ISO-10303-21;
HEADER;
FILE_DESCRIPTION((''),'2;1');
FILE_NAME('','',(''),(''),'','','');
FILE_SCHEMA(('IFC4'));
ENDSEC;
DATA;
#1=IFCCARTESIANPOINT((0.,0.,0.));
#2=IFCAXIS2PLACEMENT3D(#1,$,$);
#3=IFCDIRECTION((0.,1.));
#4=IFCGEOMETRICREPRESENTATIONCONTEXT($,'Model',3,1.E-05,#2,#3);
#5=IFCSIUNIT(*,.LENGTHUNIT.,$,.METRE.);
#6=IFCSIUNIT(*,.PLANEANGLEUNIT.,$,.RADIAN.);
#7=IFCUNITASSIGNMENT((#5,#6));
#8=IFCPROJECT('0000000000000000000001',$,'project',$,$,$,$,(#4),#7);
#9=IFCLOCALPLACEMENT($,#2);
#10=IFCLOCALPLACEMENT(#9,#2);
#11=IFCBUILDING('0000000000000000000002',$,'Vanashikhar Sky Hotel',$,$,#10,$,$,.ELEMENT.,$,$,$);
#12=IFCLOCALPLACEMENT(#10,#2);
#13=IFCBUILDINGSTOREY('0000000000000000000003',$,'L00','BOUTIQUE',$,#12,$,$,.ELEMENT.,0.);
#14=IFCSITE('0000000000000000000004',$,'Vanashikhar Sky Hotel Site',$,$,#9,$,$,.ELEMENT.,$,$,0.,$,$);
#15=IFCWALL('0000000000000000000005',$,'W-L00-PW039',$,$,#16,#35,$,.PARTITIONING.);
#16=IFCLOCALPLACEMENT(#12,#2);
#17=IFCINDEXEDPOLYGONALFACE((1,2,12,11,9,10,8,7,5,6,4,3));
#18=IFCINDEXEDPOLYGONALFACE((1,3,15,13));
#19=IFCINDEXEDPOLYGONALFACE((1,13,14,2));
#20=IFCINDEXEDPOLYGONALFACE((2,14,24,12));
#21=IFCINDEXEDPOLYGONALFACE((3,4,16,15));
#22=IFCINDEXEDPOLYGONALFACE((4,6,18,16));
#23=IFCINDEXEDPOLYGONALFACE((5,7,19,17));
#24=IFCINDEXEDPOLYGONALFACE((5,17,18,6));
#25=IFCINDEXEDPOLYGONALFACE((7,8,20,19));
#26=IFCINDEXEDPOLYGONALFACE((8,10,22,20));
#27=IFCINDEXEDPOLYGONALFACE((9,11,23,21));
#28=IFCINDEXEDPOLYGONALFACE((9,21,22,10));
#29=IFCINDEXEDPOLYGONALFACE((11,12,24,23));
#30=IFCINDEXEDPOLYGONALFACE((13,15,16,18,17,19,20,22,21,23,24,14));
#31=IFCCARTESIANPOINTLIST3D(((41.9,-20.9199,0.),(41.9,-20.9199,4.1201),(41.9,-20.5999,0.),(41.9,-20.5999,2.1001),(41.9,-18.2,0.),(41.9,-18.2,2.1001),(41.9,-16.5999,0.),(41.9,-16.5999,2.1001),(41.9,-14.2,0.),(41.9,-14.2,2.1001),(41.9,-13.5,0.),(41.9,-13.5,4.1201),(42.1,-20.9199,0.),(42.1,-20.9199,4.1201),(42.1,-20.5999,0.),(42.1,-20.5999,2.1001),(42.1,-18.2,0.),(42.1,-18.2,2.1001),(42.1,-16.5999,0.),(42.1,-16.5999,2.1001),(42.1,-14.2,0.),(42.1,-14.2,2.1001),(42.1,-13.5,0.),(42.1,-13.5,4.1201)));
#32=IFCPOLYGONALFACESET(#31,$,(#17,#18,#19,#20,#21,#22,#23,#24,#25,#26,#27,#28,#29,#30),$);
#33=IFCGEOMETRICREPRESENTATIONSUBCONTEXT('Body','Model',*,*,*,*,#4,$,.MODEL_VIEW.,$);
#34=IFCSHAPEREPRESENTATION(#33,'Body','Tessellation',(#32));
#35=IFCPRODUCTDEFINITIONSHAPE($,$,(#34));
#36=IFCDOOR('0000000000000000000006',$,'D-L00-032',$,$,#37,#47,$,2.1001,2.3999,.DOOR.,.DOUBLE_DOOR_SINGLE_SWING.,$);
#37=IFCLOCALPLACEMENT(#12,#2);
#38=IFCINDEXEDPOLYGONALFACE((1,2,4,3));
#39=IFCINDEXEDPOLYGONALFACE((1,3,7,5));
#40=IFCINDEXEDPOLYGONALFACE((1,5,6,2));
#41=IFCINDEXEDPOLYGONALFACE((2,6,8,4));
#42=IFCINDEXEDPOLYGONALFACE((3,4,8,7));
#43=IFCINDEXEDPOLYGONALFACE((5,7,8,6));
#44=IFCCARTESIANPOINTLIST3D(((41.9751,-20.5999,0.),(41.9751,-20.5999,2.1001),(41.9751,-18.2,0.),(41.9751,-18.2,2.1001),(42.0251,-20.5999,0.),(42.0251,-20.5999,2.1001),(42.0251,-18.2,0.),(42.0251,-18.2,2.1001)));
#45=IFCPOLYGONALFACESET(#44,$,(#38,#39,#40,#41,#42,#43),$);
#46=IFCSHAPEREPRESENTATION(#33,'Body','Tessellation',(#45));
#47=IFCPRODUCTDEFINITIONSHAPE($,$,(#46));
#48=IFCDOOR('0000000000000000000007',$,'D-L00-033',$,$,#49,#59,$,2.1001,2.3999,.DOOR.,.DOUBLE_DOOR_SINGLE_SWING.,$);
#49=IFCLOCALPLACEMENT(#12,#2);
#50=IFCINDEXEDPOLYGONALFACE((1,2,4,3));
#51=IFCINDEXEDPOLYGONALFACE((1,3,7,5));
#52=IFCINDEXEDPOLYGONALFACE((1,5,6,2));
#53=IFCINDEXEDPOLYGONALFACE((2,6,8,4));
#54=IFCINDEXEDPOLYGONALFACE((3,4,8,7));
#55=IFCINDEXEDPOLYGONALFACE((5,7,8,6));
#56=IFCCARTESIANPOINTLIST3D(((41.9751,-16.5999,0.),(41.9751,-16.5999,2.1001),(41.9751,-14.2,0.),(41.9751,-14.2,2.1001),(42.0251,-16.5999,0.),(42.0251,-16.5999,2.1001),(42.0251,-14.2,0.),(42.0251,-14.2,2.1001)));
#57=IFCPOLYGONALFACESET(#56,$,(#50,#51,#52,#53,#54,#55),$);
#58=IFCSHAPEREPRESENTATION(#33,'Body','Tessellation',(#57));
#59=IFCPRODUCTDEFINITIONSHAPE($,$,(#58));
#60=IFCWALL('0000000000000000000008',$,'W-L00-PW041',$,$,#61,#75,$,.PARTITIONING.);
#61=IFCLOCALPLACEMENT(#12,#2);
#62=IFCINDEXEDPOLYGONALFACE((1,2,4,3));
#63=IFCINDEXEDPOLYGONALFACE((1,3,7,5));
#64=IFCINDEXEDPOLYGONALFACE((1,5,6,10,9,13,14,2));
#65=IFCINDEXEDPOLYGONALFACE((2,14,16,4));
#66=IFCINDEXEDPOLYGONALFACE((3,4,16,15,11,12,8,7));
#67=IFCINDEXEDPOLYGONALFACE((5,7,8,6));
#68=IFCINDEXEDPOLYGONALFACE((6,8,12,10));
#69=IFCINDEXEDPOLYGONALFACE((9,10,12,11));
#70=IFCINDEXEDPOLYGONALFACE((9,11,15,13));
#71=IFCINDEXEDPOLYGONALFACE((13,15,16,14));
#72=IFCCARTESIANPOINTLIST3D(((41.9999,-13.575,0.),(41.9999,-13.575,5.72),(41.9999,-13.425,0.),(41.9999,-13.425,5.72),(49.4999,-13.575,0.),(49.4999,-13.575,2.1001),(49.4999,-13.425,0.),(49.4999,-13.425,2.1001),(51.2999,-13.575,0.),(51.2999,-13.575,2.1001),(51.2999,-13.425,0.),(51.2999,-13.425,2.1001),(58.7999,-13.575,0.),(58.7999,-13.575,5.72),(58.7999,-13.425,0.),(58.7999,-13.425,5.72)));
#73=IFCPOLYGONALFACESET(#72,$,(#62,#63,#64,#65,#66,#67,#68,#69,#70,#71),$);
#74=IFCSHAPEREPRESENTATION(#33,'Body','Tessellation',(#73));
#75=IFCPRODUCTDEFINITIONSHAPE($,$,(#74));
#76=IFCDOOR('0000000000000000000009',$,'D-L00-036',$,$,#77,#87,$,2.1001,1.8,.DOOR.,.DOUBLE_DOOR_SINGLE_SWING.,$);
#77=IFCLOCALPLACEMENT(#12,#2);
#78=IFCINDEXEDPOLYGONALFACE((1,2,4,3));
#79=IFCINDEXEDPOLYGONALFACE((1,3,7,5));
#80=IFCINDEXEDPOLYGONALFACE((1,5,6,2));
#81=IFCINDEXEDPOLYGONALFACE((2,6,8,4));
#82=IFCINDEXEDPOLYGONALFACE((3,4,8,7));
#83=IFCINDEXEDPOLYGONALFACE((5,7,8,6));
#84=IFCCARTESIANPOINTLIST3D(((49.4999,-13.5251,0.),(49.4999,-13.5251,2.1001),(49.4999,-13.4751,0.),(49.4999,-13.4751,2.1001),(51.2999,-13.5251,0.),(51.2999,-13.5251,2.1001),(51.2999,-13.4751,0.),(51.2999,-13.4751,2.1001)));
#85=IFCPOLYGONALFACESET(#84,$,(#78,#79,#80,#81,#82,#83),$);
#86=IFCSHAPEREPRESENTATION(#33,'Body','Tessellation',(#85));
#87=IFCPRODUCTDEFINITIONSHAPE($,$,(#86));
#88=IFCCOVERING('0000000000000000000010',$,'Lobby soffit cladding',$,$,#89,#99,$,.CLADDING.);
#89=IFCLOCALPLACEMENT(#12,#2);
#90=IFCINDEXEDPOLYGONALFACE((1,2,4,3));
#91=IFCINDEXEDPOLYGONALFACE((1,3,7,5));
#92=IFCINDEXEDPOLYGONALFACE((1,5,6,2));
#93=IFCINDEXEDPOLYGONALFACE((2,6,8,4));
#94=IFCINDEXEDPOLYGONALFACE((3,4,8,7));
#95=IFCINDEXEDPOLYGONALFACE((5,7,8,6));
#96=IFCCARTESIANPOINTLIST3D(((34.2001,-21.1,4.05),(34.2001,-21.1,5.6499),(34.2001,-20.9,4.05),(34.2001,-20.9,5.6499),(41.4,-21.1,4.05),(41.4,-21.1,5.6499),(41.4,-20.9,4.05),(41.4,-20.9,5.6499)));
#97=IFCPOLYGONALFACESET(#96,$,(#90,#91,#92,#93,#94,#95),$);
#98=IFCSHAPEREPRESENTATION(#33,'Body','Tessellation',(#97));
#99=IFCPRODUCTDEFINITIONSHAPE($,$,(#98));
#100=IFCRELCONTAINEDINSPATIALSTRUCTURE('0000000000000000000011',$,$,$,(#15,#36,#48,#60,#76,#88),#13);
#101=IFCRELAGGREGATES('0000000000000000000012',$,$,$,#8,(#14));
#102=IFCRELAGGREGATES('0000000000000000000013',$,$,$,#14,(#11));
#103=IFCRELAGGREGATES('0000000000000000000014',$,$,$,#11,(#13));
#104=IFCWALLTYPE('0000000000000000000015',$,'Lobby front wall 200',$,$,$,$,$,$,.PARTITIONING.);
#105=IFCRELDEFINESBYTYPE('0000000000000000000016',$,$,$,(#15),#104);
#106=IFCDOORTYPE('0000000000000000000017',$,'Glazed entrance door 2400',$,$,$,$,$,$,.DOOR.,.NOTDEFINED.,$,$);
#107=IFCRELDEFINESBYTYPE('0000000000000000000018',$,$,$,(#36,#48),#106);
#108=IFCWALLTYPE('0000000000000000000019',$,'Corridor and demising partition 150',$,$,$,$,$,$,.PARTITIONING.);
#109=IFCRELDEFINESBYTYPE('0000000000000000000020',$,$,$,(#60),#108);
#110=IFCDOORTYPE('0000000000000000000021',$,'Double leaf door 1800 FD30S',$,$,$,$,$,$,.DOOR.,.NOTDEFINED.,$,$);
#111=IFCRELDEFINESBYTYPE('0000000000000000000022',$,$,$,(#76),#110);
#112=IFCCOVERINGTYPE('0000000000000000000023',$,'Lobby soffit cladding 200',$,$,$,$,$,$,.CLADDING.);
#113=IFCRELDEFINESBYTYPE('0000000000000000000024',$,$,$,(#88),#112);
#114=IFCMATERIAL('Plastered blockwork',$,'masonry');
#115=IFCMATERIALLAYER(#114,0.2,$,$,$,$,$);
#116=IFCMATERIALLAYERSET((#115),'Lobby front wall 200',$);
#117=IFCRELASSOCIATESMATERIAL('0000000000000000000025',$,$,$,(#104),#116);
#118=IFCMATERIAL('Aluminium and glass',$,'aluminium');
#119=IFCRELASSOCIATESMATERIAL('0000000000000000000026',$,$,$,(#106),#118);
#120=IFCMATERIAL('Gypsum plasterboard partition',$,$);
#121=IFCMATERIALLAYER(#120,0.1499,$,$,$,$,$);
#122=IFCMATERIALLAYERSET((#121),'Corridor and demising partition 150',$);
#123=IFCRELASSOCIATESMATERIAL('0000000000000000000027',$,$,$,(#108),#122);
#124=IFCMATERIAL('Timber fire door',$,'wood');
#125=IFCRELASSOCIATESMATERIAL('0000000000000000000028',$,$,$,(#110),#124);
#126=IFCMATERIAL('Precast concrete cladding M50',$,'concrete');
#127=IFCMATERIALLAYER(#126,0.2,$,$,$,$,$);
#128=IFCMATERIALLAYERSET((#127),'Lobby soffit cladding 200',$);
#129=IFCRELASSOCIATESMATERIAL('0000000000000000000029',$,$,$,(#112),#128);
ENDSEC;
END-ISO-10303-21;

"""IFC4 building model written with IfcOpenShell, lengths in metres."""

from ifc_helpers import new_model, si_unit, direction, frame, frame_2d, origin, place, context, subcontext, project, spatial, rectangle, extrude, source, transform, mapped, material, layer, layer_set, type_object, element, fill, save


model = new_model("IFC4")

# Units and contexts
model_context = context("Model", 3, precision=1e-05, world=origin(), true_north=direction((0.0, 1.0)))
body_context = subcontext(model_context, "Body", "Model", "MODEL_VIEW")
ifc_project = project(units=[si_unit("LENGTHUNIT", "METRE"), si_unit("PLANEANGLEUNIT", "RADIAN")], contexts=[model_context])

# Site, building, storey
site_placement = place(None, origin())
site = spatial("IfcSite", under=ifc_project, at=site_placement, Name="Vanashikhar Sky Hotel Site", CompositionType="ELEMENT", RefElevation=0.0)
building_placement = place(site_placement, origin())
building = spatial("IfcBuilding", under=site, at=building_placement, Name="Vanashikhar Sky Hotel", CompositionType="ELEMENT")
storey_placement = place(building_placement, origin())
storey = spatial("IfcBuildingStorey", under=building, at=storey_placement, Name="L00", Description="BOUTIQUE", CompositionType="ELEMENT", Elevation=0.0)

# Wall, openings, doors
ifc_material_1 = material(Name="Plastered blockwork", Category="masonry")
ifc_layer_1 = layer(ifc_material_1, 0.2)
ifc_layer_set_1 = layer_set([ifc_layer_1], Name="Lobby front wall 200")
wall_type_1 = type_object("IfcWallType", Name="Lobby front wall 200", PredefinedType="PARTITIONING", material=ifc_layer_set_1)
shared_shape_1 = source(origin(), body_context, "Body", "SweptSolid", [
    extrude(rectangle(XDim=7.4199, YDim=0.2, at=frame_2d((3.71, 0.0))), origin(), (0.0, 0.0, 1.0), 4.1201),
])
wall_1_placement = place(storey_placement, frame((42.0, -20.9199, 0.0), z_axis=(0.0, 0.0, 1.0), x_axis=(0.0, 1.0, 0.0)))
wall_1 = element("IfcWall", 1, at=wall_1_placement, inside=storey, type_object=wall_type_1, Name="W-L00-PW039", PredefinedType="PARTITIONING", context=body_context, shape_type="MappedRepresentation", body=[
    mapped(shared_shape_1, transform((0.0, 0.0, 0.0), scale=1.0)),
])
shared_shape_2 = source(origin(), body_context, "Body", "SweptSolid", [
    extrude(rectangle(XDim=2.3999, YDim=2.1001, at=frame_2d((1.2, 1.05))), frame((0.0, 0.1099, 0.0), z_axis=(0.0, -1.0, 0.0), x_axis=(1.0, 0.0, 0.0)), (0.0, 0.0, 1.0), 0.22),
])
opening_1_placement = place(wall_1_placement, frame((0.3201, 0.0, 0.0)))
opening_1 = element("IfcOpeningElement", 2, at=opening_1_placement, cuts=wall_1, PredefinedType="OPENING", context=body_context, shape_type="MappedRepresentation", body=[
    mapped(shared_shape_2, transform((0.0, 0.0, 0.0), scale=1.0)),
])
opening_2_placement = place(wall_1_placement, frame((4.3201, 0.0, 0.0)))
opening_2 = element("IfcOpeningElement", 3, at=opening_2_placement, cuts=wall_1, PredefinedType="OPENING", context=body_context, shape_type="MappedRepresentation", body=[
    mapped(shared_shape_2, transform((0.0, 0.0, 0.0), scale=1.0)),
])
ifc_material_2 = material(Name="Aluminium and glass", Category="aluminium")
door_type_1 = type_object("IfcDoorType", Name="Glazed entrance door 2400", OperationType="NOTDEFINED", PredefinedType="DOOR", material=ifc_material_2)
shared_shape_3 = source(origin(), body_context, "Body", "SweptSolid", [
    extrude(rectangle(XDim=2.3999, YDim=2.1001, at=frame_2d((1.2, 1.05))), frame((0.0, 0.0249, 0.0), z_axis=(0.0, -1.0, 0.0), x_axis=(1.0, 0.0, 0.0)), (0.0, 0.0, 1.0), 0.05),
])
door_1_placement = place(opening_1_placement, origin())
door_1 = element("IfcDoor", 4, at=door_1_placement, inside=storey, type_object=door_type_1, Name="D-L00-032", OperationType="DOUBLE_DOOR_SINGLE_SWING", OverallHeight=2.1001, OverallWidth=2.3999, PredefinedType="DOOR", context=body_context, shape_type="MappedRepresentation", body=[
    mapped(shared_shape_3, transform((0.0, 0.0, 0.0), scale=1.0)),
])
fill(opening_1, door_1)
door_2_placement = place(opening_2_placement, origin())
door_2 = element("IfcDoor", 5, at=door_2_placement, inside=storey, type_object=door_type_1, Name="D-L00-033", OperationType="DOUBLE_DOOR_SINGLE_SWING", OverallHeight=2.1001, OverallWidth=2.3999, PredefinedType="DOOR", context=body_context, shape_type="MappedRepresentation", body=[
    mapped(shared_shape_3, transform((0.0, 0.0, 0.0), scale=1.0)),
])
fill(opening_2, door_2)

# Wall, opening, door
ifc_material_3 = material(Name="Gypsum plasterboard partition")
ifc_layer_2 = layer(ifc_material_3, 0.1499)
ifc_layer_set_2 = layer_set([ifc_layer_2], Name="Corridor and demising partition 150")
wall_type_2 = type_object("IfcWallType", Name="Corridor and demising partition 150", PredefinedType="PARTITIONING", material=ifc_layer_set_2)
shared_shape_4 = source(origin(), body_context, "Body", "SweptSolid", [
    extrude(rectangle(XDim=16.8, YDim=0.1499, at=frame_2d((8.3999, 0.0))), origin(), (0.0, 0.0, 1.0), 5.72),
])
wall_2_placement = place(storey_placement, frame((42.0, -13.5, 0.0), z_axis=(0.0, 0.0, 1.0), x_axis=(1.0, 0.0, 0.0)))
wall_2 = element("IfcWall", 6, at=wall_2_placement, inside=storey, type_object=wall_type_2, Name="W-L00-PW041", PredefinedType="PARTITIONING", context=body_context, shape_type="MappedRepresentation", body=[
    mapped(shared_shape_4, transform((0.0, 0.0, 0.0), scale=1.0)),
])
shared_shape_5 = source(origin(), body_context, "Body", "SweptSolid", [
    extrude(rectangle(XDim=1.8, YDim=2.1001, at=frame_2d((0.8999, 1.05))), frame((0.0, 0.085, 0.0), z_axis=(0.0, -1.0, 0.0), x_axis=(1.0, 0.0, 0.0)), (0.0, 0.0, 1.0), 0.1699),
])
opening_3_placement = place(wall_2_placement, frame((7.5, 0.0, 0.0)))
opening_3 = element("IfcOpeningElement", 7, at=opening_3_placement, cuts=wall_2, PredefinedType="OPENING", context=body_context, shape_type="MappedRepresentation", body=[
    mapped(shared_shape_5, transform((0.0, 0.0, 0.0), scale=1.0)),
])
ifc_material_4 = material(Name="Timber fire door", Category="wood")
door_type_2 = type_object("IfcDoorType", Name="Double leaf door 1800 FD30S", OperationType="NOTDEFINED", PredefinedType="DOOR", material=ifc_material_4)
shared_shape_6 = source(origin(), body_context, "Body", "SweptSolid", [
    extrude(rectangle(XDim=1.8, YDim=2.1001, at=frame_2d((0.8999, 1.05))), frame((0.0, 0.0249, 0.0), z_axis=(0.0, -1.0, 0.0), x_axis=(1.0, 0.0, 0.0)), (0.0, 0.0, 1.0), 0.05),
])
door_3_placement = place(opening_3_placement, origin())
door_3 = element("IfcDoor", 8, at=door_3_placement, inside=storey, type_object=door_type_2, Name="D-L00-036", OperationType="DOUBLE_DOOR_SINGLE_SWING", OverallHeight=2.1001, OverallWidth=1.8, PredefinedType="DOOR", context=body_context, shape_type="MappedRepresentation", body=[
    mapped(shared_shape_6, transform((0.0, 0.0, 0.0), scale=1.0)),
])
fill(opening_3, door_3)

# Covering
ifc_material_5 = material(Name="Precast concrete cladding M50", Category="concrete")
ifc_layer_3 = layer(ifc_material_5, 0.2)
ifc_layer_set_3 = layer_set([ifc_layer_3], Name="Lobby soffit cladding 200")
covering_type = type_object("IfcCoveringType", Name="Lobby soffit cladding 200", PredefinedType="CLADDING", material=ifc_layer_set_3)
shared_shape_7 = source(origin(), body_context, "Body", "SweptSolid", [
    extrude(rectangle(XDim=7.2, YDim=0.2, at=frame_2d((3.6001, 0.0))), origin(), (0.0, 0.0, 1.0), 1.5999),
])
covering_placement = place(storey_placement, frame((34.2, -21.0, 4.05), z_axis=(0.0, 0.0, 1.0), x_axis=(1.0, 0.0, 0.0)))
element("IfcCovering", 9, at=covering_placement, inside=storey, type_object=covering_type, Name="Lobby soffit cladding", PredefinedType="CLADDING", context=body_context, shape_type="MappedRepresentation", body=[
    mapped(shared_shape_7, transform((0.0, 0.0, 0.0), scale=1.0)),
])

save(model, "model.ifc")
